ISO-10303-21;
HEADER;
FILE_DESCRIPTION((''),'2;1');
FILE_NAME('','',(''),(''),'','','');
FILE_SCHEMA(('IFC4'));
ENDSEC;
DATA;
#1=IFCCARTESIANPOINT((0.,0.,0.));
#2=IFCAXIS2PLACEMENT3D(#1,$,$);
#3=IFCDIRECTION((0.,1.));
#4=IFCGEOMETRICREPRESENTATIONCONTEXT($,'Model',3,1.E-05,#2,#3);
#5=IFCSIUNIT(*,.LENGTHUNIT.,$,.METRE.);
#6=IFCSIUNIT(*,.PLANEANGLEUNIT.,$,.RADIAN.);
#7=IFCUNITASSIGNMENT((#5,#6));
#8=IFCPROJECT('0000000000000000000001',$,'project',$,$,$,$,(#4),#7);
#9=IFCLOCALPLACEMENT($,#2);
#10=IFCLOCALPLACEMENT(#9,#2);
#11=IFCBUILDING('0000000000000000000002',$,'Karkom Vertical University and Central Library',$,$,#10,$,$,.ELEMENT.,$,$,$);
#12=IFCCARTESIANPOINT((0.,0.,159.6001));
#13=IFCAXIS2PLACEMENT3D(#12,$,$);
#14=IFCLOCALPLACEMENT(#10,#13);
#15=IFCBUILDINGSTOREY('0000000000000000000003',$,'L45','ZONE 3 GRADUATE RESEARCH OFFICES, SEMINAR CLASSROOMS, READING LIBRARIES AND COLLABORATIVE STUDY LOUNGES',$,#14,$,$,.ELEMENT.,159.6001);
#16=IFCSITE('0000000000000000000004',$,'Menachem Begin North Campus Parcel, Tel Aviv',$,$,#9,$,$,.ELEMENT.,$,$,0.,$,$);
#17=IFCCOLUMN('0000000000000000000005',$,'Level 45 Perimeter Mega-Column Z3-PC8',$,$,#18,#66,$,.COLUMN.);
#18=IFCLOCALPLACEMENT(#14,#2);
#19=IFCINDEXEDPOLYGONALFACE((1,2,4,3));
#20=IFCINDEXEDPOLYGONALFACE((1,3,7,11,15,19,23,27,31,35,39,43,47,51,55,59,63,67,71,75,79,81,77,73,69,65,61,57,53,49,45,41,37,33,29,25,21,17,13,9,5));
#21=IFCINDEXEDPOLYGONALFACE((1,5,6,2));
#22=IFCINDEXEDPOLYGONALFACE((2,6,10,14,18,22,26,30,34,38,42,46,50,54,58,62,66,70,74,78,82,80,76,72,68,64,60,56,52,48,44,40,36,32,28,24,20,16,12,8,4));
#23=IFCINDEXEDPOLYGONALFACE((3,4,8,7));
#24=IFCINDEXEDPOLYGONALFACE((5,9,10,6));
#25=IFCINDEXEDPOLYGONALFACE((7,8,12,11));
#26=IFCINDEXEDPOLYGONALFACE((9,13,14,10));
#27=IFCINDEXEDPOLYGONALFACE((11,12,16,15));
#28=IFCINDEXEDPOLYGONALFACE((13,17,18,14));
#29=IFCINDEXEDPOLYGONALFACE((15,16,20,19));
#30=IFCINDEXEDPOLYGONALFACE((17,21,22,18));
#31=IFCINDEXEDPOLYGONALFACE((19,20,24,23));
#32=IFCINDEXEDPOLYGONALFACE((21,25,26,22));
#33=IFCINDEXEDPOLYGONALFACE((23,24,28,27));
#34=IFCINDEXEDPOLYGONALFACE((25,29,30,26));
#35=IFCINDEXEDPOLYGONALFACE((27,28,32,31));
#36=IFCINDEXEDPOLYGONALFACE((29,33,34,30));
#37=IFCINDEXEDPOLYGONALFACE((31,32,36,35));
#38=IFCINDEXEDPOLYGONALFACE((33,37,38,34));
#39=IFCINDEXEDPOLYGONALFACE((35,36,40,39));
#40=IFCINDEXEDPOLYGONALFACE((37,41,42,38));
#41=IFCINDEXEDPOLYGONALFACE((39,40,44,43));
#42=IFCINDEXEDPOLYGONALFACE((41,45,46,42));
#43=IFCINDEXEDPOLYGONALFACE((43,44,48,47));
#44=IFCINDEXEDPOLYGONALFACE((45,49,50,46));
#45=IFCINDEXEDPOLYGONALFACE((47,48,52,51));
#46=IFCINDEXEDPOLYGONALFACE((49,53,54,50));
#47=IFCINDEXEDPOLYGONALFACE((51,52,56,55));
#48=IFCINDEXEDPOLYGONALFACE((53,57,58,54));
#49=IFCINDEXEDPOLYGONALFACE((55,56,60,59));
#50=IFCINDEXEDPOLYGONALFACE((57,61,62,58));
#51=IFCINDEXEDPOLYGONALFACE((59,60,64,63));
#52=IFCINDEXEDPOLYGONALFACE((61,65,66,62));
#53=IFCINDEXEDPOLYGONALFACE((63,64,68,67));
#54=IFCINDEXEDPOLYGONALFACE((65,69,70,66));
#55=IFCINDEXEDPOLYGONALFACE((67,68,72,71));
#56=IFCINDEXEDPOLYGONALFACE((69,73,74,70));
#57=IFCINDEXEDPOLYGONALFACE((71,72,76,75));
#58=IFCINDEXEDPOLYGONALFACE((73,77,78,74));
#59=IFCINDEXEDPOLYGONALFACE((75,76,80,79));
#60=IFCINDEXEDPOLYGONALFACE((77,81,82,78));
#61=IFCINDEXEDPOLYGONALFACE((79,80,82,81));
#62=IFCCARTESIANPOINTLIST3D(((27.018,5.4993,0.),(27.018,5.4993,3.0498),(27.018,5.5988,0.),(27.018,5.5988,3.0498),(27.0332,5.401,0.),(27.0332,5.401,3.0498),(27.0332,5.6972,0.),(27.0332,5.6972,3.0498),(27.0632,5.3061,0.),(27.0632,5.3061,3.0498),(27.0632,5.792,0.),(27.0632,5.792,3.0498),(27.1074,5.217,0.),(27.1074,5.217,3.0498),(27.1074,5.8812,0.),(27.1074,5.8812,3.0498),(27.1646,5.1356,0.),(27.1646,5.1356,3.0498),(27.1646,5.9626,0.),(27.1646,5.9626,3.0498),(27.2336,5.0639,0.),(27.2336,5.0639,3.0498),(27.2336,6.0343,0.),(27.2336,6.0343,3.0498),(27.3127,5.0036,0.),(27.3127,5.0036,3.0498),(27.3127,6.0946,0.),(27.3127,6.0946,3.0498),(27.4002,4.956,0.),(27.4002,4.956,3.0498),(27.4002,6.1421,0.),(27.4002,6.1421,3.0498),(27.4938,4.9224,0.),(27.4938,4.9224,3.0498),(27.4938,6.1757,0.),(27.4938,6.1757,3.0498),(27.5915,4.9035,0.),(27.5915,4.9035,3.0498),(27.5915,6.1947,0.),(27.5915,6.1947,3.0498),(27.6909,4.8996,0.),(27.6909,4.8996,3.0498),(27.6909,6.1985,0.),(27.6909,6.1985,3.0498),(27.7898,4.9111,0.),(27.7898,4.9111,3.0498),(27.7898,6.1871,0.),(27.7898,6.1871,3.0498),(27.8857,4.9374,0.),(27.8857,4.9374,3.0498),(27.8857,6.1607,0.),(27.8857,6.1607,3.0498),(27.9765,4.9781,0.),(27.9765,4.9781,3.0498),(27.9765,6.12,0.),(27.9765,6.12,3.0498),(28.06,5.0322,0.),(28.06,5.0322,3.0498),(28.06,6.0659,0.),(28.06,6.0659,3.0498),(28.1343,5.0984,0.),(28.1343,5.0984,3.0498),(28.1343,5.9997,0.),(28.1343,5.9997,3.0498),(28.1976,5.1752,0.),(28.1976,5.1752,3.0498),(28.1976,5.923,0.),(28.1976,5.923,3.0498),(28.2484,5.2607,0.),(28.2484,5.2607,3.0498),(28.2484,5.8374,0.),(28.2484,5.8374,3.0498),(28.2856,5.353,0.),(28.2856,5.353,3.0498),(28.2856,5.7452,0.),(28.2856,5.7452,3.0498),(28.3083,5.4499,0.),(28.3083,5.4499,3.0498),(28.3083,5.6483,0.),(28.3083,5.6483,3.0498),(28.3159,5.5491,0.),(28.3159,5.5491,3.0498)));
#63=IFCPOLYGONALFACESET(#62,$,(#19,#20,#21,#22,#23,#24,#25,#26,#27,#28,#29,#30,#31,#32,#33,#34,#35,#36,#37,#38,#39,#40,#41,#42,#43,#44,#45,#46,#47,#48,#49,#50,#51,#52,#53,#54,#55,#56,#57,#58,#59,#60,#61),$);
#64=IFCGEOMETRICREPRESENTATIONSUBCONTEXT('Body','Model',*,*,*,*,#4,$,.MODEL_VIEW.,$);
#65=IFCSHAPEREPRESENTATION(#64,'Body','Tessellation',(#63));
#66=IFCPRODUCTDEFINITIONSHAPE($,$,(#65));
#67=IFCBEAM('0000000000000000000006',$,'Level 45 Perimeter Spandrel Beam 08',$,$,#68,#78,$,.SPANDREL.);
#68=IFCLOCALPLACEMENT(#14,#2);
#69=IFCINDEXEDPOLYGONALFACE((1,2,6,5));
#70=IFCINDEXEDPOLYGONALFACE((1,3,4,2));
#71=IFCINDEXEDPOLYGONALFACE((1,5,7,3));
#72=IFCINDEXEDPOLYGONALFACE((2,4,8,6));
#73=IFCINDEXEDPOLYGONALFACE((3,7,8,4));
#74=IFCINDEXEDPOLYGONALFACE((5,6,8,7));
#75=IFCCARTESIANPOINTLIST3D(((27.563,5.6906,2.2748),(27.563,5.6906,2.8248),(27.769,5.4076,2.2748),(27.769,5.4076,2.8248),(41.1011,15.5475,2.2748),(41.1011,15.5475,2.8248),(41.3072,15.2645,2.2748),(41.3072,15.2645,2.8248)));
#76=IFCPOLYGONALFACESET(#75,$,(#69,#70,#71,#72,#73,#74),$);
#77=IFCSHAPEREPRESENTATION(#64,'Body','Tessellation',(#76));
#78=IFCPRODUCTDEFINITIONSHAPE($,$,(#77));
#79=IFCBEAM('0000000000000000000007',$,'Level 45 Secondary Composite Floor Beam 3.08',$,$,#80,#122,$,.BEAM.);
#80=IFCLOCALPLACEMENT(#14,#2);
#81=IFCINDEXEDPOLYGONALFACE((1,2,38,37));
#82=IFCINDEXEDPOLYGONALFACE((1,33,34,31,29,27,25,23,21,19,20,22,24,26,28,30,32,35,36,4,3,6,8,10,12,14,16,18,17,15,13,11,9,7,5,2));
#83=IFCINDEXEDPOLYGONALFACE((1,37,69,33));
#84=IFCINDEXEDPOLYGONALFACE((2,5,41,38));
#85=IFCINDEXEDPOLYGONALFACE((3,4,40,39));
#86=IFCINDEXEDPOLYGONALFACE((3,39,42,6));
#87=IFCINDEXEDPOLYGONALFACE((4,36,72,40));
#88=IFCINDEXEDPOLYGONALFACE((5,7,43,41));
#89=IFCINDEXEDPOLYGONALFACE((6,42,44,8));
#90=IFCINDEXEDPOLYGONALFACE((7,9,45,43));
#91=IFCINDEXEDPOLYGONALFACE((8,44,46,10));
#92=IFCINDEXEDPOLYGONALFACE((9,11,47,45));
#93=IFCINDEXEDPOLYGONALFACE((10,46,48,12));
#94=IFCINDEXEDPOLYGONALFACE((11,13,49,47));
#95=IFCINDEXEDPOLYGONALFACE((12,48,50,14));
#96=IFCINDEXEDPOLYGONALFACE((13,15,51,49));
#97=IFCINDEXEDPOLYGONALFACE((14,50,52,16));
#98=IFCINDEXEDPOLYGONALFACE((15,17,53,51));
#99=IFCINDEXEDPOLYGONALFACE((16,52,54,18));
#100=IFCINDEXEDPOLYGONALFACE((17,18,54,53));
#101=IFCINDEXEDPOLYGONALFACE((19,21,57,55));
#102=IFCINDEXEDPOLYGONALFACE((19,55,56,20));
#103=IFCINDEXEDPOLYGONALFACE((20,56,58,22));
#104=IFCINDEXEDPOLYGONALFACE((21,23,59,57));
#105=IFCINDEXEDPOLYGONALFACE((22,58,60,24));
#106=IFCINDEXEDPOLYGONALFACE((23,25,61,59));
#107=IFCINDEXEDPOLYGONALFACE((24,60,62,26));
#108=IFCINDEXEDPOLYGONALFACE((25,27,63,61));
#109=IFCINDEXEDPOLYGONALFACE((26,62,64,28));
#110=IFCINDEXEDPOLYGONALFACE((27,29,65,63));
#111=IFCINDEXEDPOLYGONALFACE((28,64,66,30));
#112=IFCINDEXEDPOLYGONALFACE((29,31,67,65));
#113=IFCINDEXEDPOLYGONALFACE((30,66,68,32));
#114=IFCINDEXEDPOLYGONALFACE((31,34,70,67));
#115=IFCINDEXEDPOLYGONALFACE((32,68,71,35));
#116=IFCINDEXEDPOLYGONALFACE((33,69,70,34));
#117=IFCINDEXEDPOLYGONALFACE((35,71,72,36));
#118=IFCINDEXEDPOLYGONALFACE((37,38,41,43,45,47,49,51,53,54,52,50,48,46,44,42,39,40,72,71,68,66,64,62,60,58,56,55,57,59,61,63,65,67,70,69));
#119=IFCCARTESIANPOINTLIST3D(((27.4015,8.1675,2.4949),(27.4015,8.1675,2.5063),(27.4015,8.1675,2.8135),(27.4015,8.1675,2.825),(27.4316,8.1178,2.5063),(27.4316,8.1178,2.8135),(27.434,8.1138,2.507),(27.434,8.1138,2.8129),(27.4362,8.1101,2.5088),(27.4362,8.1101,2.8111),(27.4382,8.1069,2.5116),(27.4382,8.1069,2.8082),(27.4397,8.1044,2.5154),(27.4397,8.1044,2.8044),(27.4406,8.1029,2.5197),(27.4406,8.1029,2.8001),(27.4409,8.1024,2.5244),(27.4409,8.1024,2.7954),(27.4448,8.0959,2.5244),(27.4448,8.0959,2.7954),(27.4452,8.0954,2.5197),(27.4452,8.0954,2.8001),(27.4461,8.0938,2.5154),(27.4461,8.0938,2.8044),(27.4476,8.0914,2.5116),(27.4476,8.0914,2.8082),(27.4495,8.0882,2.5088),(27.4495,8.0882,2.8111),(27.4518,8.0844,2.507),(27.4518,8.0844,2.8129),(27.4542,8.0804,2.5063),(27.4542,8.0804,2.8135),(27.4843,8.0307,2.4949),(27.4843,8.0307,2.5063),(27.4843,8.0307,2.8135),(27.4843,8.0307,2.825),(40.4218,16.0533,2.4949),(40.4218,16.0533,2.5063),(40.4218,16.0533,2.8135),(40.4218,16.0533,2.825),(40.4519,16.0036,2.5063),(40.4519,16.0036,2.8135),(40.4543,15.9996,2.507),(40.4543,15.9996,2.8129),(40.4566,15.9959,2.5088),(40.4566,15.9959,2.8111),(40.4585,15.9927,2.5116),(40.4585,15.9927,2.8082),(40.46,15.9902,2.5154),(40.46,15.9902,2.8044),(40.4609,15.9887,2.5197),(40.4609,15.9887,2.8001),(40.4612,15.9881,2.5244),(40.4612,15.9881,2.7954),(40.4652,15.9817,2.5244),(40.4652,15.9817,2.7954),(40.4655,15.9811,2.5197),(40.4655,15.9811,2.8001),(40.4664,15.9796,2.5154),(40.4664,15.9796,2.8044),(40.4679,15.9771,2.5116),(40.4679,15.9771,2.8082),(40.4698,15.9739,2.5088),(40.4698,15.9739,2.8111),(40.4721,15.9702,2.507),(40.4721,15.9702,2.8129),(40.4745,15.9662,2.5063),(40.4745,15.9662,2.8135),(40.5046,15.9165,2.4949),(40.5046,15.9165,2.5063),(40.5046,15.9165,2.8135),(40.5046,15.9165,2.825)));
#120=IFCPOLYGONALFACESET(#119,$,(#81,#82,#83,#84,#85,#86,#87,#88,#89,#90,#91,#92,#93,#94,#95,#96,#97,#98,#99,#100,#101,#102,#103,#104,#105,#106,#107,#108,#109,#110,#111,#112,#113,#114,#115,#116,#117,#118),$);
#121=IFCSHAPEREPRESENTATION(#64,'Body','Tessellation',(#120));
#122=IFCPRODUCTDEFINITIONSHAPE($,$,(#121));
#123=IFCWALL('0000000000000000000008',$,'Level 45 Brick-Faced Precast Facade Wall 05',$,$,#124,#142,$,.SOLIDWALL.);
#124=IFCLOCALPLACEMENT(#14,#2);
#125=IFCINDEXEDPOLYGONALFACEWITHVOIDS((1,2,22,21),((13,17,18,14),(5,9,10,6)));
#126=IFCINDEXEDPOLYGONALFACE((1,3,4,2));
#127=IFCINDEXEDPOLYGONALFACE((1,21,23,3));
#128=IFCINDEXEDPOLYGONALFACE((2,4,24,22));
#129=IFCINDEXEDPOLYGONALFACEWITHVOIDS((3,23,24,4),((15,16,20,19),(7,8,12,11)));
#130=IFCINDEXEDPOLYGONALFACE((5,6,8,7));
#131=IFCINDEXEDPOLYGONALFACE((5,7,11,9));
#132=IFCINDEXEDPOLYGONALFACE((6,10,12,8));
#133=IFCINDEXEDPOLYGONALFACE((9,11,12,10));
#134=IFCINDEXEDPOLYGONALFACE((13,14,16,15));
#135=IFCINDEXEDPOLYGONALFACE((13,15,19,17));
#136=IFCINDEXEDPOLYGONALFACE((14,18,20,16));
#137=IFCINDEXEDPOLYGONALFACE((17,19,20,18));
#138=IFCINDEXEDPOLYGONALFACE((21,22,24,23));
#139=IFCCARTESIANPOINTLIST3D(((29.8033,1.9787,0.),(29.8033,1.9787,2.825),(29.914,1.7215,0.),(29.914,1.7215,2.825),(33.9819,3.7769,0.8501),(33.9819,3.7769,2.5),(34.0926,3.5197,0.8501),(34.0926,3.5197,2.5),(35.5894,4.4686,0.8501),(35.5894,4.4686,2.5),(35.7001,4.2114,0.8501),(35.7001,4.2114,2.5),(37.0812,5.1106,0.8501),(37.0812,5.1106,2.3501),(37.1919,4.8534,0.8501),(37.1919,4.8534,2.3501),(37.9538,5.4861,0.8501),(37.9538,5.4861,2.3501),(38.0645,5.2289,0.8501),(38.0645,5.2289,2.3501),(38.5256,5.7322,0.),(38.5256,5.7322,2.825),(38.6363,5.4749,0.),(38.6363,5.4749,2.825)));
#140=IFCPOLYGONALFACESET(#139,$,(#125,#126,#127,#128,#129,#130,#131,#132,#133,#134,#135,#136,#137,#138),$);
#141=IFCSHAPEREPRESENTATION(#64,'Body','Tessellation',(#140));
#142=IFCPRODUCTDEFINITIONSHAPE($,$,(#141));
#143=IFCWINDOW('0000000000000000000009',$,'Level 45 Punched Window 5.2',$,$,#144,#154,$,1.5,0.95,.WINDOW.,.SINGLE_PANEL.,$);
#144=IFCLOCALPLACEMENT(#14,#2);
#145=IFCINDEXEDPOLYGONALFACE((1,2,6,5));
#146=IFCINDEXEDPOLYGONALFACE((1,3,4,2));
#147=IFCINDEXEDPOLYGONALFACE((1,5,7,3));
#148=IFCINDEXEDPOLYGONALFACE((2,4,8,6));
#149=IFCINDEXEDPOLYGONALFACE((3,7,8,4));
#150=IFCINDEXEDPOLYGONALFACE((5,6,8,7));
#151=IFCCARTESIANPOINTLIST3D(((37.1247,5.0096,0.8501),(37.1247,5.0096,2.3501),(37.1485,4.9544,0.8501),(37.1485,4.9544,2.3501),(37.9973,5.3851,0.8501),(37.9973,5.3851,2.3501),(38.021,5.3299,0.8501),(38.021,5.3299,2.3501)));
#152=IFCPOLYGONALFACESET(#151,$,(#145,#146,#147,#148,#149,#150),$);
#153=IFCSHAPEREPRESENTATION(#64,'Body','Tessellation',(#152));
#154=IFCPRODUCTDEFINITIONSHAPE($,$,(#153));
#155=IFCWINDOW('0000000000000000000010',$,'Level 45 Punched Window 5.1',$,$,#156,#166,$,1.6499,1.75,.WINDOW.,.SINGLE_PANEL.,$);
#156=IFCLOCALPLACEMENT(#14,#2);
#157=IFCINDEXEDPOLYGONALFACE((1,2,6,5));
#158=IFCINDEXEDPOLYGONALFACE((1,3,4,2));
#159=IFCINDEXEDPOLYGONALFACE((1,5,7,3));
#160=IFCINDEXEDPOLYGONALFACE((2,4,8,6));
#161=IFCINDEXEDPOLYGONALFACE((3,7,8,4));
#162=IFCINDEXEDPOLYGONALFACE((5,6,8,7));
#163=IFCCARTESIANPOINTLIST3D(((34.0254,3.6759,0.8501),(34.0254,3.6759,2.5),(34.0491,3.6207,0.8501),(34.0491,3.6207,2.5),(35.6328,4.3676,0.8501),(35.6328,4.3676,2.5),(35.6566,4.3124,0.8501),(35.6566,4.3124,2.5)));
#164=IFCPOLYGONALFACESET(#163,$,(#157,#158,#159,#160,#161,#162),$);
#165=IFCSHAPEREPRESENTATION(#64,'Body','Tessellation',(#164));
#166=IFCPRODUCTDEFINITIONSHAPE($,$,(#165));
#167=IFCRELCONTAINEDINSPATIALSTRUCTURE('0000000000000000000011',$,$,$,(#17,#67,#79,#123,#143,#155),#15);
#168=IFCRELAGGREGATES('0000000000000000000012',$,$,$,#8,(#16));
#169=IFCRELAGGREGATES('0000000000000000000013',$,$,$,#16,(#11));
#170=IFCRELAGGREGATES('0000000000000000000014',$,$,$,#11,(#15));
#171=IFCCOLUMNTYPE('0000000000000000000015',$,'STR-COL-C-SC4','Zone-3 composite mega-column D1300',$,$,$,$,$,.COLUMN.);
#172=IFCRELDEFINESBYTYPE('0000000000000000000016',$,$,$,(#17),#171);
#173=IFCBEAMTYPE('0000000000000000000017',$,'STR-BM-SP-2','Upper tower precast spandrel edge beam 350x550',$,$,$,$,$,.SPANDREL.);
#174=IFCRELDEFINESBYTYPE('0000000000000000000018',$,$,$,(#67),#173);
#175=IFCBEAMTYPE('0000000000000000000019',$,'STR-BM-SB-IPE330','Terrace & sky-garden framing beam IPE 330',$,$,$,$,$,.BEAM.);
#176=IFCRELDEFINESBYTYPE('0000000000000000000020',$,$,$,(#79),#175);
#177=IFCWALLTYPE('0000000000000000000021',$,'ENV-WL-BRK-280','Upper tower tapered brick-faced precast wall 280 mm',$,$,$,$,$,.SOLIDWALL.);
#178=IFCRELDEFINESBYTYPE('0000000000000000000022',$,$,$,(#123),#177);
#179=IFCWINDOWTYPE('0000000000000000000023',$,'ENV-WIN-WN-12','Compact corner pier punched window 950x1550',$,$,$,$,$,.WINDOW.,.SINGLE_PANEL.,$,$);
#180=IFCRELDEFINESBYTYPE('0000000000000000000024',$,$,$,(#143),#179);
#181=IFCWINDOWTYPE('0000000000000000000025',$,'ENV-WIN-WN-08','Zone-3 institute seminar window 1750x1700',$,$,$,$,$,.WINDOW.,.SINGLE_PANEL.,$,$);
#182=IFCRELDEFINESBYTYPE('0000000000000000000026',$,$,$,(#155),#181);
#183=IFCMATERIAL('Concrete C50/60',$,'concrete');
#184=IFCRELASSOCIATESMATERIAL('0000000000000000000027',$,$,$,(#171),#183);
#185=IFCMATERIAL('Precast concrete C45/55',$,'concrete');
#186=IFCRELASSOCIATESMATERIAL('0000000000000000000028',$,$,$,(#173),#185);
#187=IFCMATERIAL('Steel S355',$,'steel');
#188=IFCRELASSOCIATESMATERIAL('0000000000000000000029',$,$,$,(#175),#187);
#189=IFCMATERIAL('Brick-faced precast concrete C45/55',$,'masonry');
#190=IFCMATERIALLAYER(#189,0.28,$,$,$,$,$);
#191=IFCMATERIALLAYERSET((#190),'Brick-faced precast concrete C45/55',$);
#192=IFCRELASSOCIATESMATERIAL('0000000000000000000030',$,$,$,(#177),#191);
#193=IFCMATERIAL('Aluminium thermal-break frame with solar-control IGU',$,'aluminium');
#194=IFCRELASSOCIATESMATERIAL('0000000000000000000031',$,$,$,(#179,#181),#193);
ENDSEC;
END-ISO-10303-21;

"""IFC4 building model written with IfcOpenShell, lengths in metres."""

from ifc_helpers import new_model, si_unit, direction, frame, frame_2d, origin, origin_with_axes, origin_2d, place, context, subcontext, project, spatial, rectangle, circle, i_section, extrude, source, transform, mapped, material, layer, layer_set, material_profile, profile_set, type_object, element, fill, save


model = new_model("IFC4")

# Units and contexts
model_context = context("Model", 3, precision=1e-05, world=origin(), true_north=direction((0.0, 1.0)))
body_context = subcontext(model_context, "Body", "Model", "MODEL_VIEW")
ifc_project = project(units=[si_unit("LENGTHUNIT", "METRE"), si_unit("PLANEANGLEUNIT", "RADIAN")], contexts=[model_context])

# Site, building, storey
site_placement = place(None, origin())
site = spatial("IfcSite", under=ifc_project, at=site_placement, Name="Menachem Begin North Campus Parcel, Tel Aviv", CompositionType="ELEMENT", RefElevation=0.0)
building_placement = place(site_placement, origin())
building = spatial("IfcBuilding", under=site, at=building_placement, Name="Karkom Vertical University and Central Library", CompositionType="ELEMENT")
storey_placement = place(building_placement, frame((0.0, 0.0, 159.6001)))
storey = spatial("IfcBuildingStorey", under=building, at=storey_placement, Name="L45", Description="ZONE 3 GRADUATE RESEARCH OFFICES, SEMINAR CLASSROOMS, READING LIBRARIES AND COLLABORATIVE STUDY LOUNGES", CompositionType="ELEMENT", Elevation=159.6001)

# Column
ifc_material_1 = material(Name="Concrete C50/60", Category="concrete")
ifc_material_profile_1 = material_profile(ifc_material_1, circle(Radius=0.6499, at=origin_2d()), Name="CFT-D1300")
ifc_profile_set_1 = profile_set([ifc_material_profile_1], Name="Concrete C50/60")
column_type = type_object("IfcColumnType", Name="STR-COL-C-SC4", Description="Zone-3 composite mega-column D1300", PredefinedType="COLUMN", material=ifc_profile_set_1)
shared_shape_1 = source(origin_with_axes(), body_context, "Body", "SweptSolid", [
    extrude(circle(Radius=0.6499, at=origin_2d()), origin(), (0.0, 0.0, 1.0), 3.0498),
])
column_placement = place(storey_placement, frame((27.666, 5.5491, 0.0), z_axis=(0.0, 0.0, 1.0), x_axis=(1.0, 0.0, 0.0)))
element("IfcColumn", 1, at=column_placement, inside=storey, type_object=column_type, Name="Level 45 Perimeter Mega-Column Z3-PC8", PredefinedType="COLUMN", context=body_context, shape_type="MappedRepresentation", body=[
    mapped(shared_shape_1, transform((0.0, 0.0, 0.0), scale=1.0)),
])

# Beams
ifc_material_2 = material(Name="Precast concrete C45/55", Category="concrete")
ifc_material_profile_2 = material_profile(ifc_material_2, rectangle(XDim=0.3501, YDim=0.55, at=origin_2d()), Name="SPB-350x550")
ifc_profile_set_2 = profile_set([ifc_material_profile_2], Name="Precast concrete C45/55")
beam_type_1 = type_object("IfcBeamType", Name="STR-BM-SP-2", Description="Upper tower precast spandrel edge beam 350x550", PredefinedType="SPANDREL", material=ifc_profile_set_2)
shared_shape_2 = source(origin_with_axes(), body_context, "Body", "SweptSolid", [
    extrude(rectangle(XDim=0.3501, YDim=0.55, at=origin_2d()), origin(), (0.0, 0.0, 1.0), 16.7463),
])
beam_1_placement = place(storey_placement, frame((27.666, 5.5491, 2.5498), z_axis=(0.808422, 0.588603, 0.0), x_axis=(-0.588603, 0.808422, 0.0)))
element("IfcBeam", 2, at=beam_1_placement, inside=storey, type_object=beam_type_1, Name="Level 45 Perimeter Spandrel Beam 08", PredefinedType="SPANDREL", context=body_context, shape_type="MappedRepresentation", body=[
    mapped(shared_shape_2, transform((0.0, 0.0, 0.0), scale=1.0)),
])
ifc_material_3 = material(Name="Steel S355", Category="steel")
ifc_material_profile_3 = material_profile(ifc_material_3, i_section(OverallWidth=0.1599, OverallDepth=0.3301, WebThickness=0.0076, FlangeThickness=0.0115, FilletRadius=0.0181, at=origin_2d()), Name="IPE 330")
ifc_profile_set_3 = profile_set([ifc_material_profile_3], Name="Steel S355")
beam_type_2 = type_object("IfcBeamType", Name="STR-BM-SB-IPE330", Description="Terrace & sky-garden framing beam IPE 330", PredefinedType="BEAM", material=ifc_profile_set_3)
shared_shape_3 = source(origin_with_axes(), body_context, "Body", "SweptSolid", [
    extrude(i_section(OverallWidth=0.1599, OverallDepth=0.3301, WebThickness=0.0076, FlangeThickness=0.0115, FilletRadius=0.0181, at=origin_2d()), origin(), (0.0, 0.0, 1.0), 15.2222),
])
beam_2_placement = place(storey_placement, frame((27.4429, 8.0991, 2.6599), z_axis=(0.855353, 0.518046, 0.0), x_axis=(-0.518046, 0.855353, 0.0)))
element("IfcBeam", 3, at=beam_2_placement, inside=storey, type_object=beam_type_2, Name="Level 45 Secondary Composite Floor Beam 3.08", PredefinedType="BEAM", context=body_context, shape_type="MappedRepresentation", body=[
    mapped(shared_shape_3, transform((0.0, 0.0, 0.0), scale=1.0)),
])

# Wall, openings, windows
ifc_material_4 = material(Name="Brick-faced precast concrete C45/55", Category="masonry")
ifc_layer_1 = layer(ifc_material_4, 0.28)
ifc_layer_set_1 = layer_set([ifc_layer_1], Name="Brick-faced precast concrete C45/55")
wall_type_1 = type_object("IfcWallType", Name="ENV-WL-BRK-280", Description="Upper tower tapered brick-faced precast wall 280 mm", PredefinedType="SOLIDWALL", material=ifc_layer_set_1)
wall_1_placement = place(storey_placement, frame((29.8586, 1.8501, 0.0), z_axis=(0.0, 0.0, 1.0), x_axis=(0.918559, 0.395284, 0.0)))
wall_1 = element("IfcWall", 4, at=wall_1_placement, inside=storey, type_object=wall_type_1, Name="Level 45 Brick-Faced Precast Facade Wall 05", PredefinedType="SOLIDWALL", context=body_context, shape_type="SweptSolid", body=[
    extrude(rectangle(XDim=9.4956, YDim=0.28, at=frame_2d((4.7478, 0.0))), origin(), (0.0, 0.0, 1.0), 2.825),
])
opening_1_placement = place(wall_1_placement, frame((4.5491, 0.0, 0.8501)))
opening_1 = element("IfcOpeningElement", 5, at=opening_1_placement, cuts=wall_1, PredefinedType="OPENING", context=body_context, shape_type="SweptSolid", body=[
    extrude(rectangle(XDim=1.75, YDim=1.6499, at=frame_2d((0.875, 0.825))), frame((0.0, 0.1499, 0.0), z_axis=(0.0, -1.0, 0.0), x_axis=(1.0, 0.0, 0.0)), (0.0, 0.0, 1.0), 0.3),
])
opening_2_placement = place(wall_1_placement, frame((7.9231, 0.0, 0.8501)))
opening_2 = element("IfcOpeningElement", 6, at=opening_2_placement, cuts=wall_1, PredefinedType="OPENING", context=body_context, shape_type="SweptSolid", body=[
    extrude(rectangle(XDim=0.95, YDim=1.5, at=frame_2d((0.4751, 0.75))), frame((0.0, 0.1499, 0.0), z_axis=(0.0, -1.0, 0.0), x_axis=(1.0, 0.0, 0.0)), (0.0, 0.0, 1.0), 0.3),
])
ifc_material_5 = material(Name="Aluminium thermal-break frame with solar-control IGU", Category="aluminium")
window_type_1 = type_object("IfcWindowType", Name="ENV-WIN-WN-12", Description="Compact corner pier punched window 950x1550", PartitioningType="SINGLE_PANEL", PredefinedType="WINDOW", material=ifc_material_5)
shared_shape_4 = source(origin_with_axes(), body_context, "Body", "SweptSolid", [
    extrude(rectangle(XDim=0.95, YDim=1.5, at=frame_2d((0.4751, 0.75))), frame((0.0, 0.03, 0.0), z_axis=(0.0, -1.0, 0.0), x_axis=(1.0, 0.0, 0.0)), (0.0, 0.0, 1.0), 0.0601),
])
window_1_placement = place(opening_2_placement, origin())
window_1 = element("IfcWindow", 7, at=window_1_placement, inside=storey, type_object=window_type_1, Name="Level 45 Punched Window 5.2", OverallHeight=1.5, OverallWidth=0.95, PartitioningType="SINGLE_PANEL", PredefinedType="WINDOW", context=body_context, shape_type="MappedRepresentation", body=[
    mapped(shared_shape_4, transform((0.0, 0.0, 0.0), scale=1.0)),
])
fill(opening_2, window_1)
window_type_2 = type_object("IfcWindowType", Name="ENV-WIN-WN-08", Description="Zone-3 institute seminar window 1750x1700", PartitioningType="SINGLE_PANEL", PredefinedType="WINDOW", material=ifc_material_5)
shared_shape_5 = source(origin_with_axes(), body_context, "Body", "SweptSolid", [
    extrude(rectangle(XDim=1.75, YDim=1.6499, at=frame_2d((0.875, 0.825))), frame((0.0, 0.03, 0.0), z_axis=(0.0, -1.0, 0.0), x_axis=(1.0, 0.0, 0.0)), (0.0, 0.0, 1.0), 0.0601),
])
window_2_placement = place(opening_1_placement, origin())
window_2 = element("IfcWindow", 8, at=window_2_placement, inside=storey, type_object=window_type_2, Name="Level 45 Punched Window 5.1", OverallHeight=1.6499, OverallWidth=1.75, PartitioningType="SINGLE_PANEL", PredefinedType="WINDOW", context=body_context, shape_type="MappedRepresentation", body=[
    mapped(shared_shape_5, transform((0.0, 0.0, 0.0), scale=1.0)),
])
fill(opening_1, window_2)

save(model, "model.ifc")
